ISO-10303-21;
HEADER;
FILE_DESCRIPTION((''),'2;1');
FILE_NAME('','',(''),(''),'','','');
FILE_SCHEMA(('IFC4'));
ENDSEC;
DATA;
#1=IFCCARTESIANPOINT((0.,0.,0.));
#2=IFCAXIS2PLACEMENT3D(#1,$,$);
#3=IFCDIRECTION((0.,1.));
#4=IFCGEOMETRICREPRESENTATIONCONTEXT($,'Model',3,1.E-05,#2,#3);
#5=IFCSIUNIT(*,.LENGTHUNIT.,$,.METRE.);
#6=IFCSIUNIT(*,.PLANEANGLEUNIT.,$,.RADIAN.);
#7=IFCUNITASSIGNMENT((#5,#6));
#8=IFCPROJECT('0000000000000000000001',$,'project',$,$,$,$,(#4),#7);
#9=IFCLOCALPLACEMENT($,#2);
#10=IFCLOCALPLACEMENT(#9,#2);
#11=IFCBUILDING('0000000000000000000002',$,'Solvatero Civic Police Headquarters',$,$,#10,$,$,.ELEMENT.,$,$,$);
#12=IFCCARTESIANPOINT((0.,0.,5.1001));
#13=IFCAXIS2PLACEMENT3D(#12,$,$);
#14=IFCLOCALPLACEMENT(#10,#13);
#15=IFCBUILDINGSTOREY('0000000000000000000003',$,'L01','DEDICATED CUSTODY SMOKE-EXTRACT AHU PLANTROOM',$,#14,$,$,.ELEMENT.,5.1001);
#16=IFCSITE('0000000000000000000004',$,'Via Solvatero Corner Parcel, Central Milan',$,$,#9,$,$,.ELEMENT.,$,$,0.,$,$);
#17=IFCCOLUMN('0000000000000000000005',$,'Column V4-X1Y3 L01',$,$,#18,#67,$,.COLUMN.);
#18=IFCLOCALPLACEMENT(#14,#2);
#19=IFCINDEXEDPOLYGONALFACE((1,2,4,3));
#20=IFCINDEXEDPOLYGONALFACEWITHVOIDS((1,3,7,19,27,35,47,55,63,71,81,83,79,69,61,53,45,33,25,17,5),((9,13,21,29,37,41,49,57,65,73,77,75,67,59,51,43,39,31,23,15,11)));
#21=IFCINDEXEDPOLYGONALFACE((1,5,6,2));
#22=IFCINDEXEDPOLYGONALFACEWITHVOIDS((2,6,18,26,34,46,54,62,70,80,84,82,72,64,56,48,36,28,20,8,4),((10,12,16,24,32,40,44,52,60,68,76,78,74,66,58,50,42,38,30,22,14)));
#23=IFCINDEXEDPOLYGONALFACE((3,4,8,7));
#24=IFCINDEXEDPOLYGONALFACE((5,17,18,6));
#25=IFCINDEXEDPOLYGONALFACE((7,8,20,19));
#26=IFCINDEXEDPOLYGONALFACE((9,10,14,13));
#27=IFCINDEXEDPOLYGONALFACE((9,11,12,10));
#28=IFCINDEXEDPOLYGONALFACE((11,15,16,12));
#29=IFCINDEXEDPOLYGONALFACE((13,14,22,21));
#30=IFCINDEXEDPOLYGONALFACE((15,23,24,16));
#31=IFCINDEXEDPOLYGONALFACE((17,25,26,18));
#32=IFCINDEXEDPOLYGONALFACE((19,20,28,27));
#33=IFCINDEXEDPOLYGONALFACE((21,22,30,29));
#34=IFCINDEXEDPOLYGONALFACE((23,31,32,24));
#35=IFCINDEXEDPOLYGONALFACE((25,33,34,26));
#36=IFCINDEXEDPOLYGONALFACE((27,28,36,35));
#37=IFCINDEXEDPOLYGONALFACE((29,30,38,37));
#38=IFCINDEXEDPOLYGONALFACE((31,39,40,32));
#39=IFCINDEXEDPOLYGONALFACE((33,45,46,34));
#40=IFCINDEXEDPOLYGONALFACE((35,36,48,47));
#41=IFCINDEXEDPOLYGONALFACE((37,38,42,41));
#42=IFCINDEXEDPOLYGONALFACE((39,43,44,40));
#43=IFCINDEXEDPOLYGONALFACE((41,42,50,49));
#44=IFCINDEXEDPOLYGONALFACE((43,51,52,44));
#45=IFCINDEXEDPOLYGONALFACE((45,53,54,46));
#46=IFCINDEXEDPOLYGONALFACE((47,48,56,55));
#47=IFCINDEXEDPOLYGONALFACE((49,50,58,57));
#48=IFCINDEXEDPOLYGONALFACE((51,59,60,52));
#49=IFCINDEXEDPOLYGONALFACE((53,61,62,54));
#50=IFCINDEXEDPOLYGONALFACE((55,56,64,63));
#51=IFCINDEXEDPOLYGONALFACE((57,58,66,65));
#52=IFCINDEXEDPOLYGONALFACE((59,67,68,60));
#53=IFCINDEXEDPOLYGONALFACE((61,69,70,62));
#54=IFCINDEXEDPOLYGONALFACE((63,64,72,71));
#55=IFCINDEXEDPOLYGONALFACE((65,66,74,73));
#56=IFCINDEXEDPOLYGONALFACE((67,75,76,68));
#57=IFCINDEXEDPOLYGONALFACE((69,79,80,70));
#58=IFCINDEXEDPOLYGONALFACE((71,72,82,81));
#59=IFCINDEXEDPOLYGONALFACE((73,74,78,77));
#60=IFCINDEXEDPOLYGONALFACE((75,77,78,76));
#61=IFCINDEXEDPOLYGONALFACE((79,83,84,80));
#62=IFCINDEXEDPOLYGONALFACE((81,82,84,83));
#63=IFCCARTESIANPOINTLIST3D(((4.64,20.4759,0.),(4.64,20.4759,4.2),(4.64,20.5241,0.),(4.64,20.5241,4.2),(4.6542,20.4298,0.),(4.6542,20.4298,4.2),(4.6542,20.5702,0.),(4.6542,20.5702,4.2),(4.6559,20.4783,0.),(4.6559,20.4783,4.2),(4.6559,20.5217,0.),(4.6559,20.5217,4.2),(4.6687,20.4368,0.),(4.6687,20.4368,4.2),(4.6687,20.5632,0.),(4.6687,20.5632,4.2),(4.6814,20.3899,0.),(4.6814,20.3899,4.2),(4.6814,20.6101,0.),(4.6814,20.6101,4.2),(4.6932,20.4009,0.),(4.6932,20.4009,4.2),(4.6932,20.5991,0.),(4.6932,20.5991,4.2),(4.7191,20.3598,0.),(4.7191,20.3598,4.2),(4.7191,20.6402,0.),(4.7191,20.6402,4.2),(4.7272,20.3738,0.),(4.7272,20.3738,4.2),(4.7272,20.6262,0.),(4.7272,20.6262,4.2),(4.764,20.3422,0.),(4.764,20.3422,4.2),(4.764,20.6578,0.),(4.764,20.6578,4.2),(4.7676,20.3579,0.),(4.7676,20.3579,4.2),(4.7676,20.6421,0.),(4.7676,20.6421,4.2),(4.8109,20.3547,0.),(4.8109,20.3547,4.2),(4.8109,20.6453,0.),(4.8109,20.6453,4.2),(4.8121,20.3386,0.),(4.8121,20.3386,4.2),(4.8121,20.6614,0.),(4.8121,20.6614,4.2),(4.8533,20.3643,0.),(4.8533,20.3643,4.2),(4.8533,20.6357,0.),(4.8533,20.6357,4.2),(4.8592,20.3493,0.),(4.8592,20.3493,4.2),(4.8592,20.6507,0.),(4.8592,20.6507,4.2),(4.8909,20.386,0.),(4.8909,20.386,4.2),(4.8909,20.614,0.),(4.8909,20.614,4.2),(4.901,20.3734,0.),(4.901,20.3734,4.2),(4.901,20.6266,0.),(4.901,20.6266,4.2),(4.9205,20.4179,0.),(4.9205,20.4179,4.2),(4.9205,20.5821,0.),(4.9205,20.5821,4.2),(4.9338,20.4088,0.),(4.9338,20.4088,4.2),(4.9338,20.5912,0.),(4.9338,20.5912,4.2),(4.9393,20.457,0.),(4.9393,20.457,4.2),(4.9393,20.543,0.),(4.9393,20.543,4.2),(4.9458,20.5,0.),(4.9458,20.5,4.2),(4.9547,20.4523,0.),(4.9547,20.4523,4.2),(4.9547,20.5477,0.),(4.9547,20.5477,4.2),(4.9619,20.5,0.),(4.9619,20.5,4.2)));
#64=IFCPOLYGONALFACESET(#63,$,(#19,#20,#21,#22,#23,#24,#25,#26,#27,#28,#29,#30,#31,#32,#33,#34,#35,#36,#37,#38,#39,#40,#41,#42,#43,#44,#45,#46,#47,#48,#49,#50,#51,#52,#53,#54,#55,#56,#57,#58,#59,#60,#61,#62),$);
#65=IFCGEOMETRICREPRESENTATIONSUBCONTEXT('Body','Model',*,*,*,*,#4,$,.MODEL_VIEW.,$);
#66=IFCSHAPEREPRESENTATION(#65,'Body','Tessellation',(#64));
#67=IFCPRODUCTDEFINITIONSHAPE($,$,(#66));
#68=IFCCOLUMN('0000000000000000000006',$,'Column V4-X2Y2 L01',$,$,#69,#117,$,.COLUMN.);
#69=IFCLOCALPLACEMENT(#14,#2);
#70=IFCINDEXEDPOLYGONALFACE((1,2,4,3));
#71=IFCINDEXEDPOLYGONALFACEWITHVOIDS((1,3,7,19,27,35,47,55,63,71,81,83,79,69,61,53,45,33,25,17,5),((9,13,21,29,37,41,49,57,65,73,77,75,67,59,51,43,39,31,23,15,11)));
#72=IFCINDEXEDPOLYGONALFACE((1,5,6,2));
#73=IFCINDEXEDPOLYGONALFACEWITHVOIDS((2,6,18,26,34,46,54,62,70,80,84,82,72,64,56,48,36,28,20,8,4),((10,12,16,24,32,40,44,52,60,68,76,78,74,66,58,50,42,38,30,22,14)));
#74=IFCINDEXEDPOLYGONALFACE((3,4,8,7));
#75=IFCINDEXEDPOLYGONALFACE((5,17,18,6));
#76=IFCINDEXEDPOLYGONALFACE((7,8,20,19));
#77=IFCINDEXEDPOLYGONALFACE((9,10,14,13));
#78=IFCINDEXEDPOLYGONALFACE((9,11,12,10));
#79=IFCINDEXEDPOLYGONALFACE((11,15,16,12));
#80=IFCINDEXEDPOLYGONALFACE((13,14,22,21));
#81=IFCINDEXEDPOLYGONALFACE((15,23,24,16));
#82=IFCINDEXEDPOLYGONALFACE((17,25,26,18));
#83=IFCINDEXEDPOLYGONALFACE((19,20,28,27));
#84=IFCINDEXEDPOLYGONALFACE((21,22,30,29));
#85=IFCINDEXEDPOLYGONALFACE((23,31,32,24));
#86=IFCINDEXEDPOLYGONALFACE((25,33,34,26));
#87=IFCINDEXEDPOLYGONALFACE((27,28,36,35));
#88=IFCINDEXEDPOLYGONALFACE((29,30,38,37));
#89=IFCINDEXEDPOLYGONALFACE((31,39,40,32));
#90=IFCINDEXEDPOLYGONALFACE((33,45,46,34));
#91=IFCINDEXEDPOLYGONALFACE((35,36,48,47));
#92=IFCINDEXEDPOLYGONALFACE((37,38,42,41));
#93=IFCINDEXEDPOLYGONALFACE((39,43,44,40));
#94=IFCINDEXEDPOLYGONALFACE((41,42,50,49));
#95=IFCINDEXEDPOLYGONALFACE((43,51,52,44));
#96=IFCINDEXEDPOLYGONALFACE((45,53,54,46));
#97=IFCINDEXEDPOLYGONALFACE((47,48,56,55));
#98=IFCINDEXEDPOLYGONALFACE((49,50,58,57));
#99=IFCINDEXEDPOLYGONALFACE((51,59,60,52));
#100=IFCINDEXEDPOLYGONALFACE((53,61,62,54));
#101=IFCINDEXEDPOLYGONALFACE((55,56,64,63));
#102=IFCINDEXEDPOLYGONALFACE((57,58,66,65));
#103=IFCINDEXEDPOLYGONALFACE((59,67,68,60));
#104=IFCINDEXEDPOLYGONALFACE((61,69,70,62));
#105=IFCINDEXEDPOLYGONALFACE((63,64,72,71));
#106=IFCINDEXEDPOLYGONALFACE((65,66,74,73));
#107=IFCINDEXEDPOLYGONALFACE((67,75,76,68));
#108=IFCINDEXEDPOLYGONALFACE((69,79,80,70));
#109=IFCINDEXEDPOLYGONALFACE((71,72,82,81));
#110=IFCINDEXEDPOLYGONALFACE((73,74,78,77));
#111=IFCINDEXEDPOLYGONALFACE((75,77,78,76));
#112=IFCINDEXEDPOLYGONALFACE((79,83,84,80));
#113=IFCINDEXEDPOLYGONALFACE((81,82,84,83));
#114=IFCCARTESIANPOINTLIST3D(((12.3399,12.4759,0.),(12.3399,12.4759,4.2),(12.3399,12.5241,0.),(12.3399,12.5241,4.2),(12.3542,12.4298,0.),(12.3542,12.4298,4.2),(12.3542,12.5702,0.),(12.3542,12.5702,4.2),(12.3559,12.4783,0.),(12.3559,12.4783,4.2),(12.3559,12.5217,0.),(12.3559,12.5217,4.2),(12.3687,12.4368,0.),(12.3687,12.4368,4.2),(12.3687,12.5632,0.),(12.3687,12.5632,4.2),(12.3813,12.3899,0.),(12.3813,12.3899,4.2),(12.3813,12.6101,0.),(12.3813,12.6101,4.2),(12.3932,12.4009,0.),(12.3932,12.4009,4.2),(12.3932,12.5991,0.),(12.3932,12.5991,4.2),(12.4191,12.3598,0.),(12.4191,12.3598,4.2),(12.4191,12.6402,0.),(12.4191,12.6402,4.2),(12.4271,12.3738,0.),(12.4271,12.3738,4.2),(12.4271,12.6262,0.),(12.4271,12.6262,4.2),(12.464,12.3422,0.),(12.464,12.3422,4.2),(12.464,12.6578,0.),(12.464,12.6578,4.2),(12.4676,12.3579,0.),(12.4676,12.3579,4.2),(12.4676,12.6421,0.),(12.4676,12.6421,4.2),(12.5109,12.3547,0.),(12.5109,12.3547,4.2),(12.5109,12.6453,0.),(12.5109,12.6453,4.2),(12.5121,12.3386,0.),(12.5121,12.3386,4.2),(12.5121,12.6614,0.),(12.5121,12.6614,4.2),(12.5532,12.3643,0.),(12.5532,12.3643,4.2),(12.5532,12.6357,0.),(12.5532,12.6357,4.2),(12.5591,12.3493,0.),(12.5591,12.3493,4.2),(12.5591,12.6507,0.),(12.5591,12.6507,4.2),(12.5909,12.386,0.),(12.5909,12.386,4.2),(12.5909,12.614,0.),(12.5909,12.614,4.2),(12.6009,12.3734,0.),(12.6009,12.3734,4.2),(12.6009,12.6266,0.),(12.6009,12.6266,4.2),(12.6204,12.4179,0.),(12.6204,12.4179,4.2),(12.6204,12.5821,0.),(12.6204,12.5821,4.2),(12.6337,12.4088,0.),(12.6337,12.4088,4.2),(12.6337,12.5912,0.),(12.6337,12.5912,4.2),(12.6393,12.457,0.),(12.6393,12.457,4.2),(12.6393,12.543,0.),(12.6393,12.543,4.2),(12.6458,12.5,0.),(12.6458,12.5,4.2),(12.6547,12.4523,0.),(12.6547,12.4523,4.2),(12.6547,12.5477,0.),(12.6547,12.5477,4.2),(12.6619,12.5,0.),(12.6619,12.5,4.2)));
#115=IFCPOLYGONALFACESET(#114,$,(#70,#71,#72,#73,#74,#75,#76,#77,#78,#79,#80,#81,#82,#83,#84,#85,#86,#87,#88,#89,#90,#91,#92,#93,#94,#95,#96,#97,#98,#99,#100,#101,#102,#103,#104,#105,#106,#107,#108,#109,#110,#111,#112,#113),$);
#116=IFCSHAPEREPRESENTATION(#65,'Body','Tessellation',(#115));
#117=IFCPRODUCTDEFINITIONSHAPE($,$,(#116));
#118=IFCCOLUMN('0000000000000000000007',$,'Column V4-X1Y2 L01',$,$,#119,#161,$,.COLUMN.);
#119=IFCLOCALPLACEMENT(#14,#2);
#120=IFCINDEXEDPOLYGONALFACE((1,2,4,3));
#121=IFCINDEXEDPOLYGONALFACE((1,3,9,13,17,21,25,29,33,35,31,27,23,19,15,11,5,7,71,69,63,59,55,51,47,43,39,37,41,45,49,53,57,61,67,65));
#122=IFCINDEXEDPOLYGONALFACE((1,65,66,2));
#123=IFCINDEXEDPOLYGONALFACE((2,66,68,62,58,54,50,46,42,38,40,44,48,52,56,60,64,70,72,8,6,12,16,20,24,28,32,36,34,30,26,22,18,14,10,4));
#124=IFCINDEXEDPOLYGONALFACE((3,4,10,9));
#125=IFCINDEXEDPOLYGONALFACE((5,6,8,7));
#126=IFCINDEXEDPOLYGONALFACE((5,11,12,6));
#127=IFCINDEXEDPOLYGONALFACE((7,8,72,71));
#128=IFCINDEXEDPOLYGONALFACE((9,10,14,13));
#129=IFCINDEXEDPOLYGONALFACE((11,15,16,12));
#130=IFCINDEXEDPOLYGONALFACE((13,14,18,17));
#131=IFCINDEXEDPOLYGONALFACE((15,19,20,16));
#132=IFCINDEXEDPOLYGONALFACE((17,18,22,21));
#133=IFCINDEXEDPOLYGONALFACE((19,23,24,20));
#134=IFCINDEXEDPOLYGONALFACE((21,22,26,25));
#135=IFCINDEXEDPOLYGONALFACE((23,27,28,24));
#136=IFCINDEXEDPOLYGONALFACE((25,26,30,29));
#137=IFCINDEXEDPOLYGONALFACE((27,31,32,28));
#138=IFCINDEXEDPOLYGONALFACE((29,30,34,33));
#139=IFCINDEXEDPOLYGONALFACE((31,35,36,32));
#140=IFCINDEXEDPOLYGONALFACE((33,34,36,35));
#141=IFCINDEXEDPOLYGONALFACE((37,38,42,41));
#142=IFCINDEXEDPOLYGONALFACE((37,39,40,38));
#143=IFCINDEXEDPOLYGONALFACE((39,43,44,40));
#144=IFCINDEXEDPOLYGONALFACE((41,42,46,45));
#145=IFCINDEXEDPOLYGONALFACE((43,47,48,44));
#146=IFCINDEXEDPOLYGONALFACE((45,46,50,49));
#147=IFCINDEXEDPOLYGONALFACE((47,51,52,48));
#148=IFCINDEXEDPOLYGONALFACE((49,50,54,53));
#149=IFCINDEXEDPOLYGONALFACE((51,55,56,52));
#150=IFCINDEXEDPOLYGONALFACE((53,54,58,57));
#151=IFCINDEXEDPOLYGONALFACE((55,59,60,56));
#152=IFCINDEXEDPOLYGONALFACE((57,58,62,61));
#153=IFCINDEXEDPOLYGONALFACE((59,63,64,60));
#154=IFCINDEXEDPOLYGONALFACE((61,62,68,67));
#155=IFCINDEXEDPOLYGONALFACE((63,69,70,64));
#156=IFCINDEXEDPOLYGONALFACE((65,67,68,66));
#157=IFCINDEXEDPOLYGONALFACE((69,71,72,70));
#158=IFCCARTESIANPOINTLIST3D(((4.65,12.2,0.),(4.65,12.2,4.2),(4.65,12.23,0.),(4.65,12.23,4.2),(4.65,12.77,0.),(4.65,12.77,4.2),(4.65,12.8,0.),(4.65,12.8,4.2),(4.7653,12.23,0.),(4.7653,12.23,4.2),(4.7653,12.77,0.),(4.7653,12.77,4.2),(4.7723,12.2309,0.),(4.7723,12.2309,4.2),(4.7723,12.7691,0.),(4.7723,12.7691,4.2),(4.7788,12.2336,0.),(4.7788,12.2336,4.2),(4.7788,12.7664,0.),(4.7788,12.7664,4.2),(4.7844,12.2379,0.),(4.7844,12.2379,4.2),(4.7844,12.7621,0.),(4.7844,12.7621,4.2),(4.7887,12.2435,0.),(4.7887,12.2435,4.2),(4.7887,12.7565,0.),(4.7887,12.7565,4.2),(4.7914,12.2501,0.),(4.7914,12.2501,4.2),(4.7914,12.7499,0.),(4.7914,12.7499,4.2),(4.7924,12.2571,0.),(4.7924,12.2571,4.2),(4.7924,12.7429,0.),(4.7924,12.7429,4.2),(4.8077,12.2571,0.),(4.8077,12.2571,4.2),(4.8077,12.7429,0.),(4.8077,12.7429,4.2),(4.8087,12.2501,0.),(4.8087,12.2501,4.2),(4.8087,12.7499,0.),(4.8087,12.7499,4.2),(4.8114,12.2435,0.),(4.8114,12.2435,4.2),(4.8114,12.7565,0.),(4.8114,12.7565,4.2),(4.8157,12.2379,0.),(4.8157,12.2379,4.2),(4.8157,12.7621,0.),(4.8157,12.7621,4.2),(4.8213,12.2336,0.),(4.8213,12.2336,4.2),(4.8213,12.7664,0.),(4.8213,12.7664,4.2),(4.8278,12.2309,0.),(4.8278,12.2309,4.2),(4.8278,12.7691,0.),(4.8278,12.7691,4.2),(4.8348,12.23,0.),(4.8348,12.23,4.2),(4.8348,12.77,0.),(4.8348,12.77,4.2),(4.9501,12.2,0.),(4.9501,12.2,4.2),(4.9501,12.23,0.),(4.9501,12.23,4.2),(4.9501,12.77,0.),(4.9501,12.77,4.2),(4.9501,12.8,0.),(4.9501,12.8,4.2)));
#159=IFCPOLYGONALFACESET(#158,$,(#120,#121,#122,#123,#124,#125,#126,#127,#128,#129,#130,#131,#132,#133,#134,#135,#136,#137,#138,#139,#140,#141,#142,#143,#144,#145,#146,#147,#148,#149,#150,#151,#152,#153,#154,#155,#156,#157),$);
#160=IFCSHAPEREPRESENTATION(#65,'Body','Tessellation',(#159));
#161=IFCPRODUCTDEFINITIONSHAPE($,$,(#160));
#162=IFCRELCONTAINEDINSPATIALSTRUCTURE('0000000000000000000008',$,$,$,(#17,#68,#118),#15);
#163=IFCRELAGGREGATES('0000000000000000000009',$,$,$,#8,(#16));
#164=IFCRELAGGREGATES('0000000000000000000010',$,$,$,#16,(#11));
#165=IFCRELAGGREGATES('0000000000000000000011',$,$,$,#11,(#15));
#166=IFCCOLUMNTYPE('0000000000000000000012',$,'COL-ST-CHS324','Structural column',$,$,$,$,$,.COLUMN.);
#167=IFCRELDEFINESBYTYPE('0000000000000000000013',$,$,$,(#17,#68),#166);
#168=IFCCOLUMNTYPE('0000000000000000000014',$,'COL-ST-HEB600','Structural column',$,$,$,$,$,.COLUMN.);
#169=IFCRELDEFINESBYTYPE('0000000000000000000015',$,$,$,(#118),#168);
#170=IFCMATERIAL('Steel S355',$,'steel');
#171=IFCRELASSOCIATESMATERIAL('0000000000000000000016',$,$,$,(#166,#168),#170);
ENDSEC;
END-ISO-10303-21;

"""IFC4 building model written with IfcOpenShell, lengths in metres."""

from ifc_helpers import new_model, si_unit, direction, frame, origin, origin_2d, place, context, subcontext, project, spatial, hollow_circle, i_section, extrude, material, material_profile, profile_set, type_object, element, save


model = new_model("IFC4")

# Units and contexts
model_context = context("Model", 3, precision=1e-05, world=origin(), true_north=direction((0.0, 1.0)))
body_context = subcontext(model_context, "Body", "Model", "MODEL_VIEW")
ifc_project = project(units=[si_unit("LENGTHUNIT", "METRE"), si_unit("PLANEANGLEUNIT", "RADIAN")], contexts=[model_context])

# Site, building, storey
site_placement = place(None, origin())
site = spatial("IfcSite", under=ifc_project, at=site_placement, Name="Via Solvatero Corner Parcel, Central Milan", CompositionType="ELEMENT", RefElevation=0.0)
building_placement = place(site_placement, origin())
building = spatial("IfcBuilding", under=site, at=building_placement, Name="Solvatero Civic Police Headquarters", CompositionType="ELEMENT")
storey_placement = place(building_placement, frame((0.0, 0.0, 5.1001)))
storey = spatial("IfcBuildingStorey", under=building, at=storey_placement, Name="L01", Description="DEDICATED CUSTODY SMOKE-EXTRACT AHU PLANTROOM", CompositionType="ELEMENT", Elevation=5.1001)

# Columns
ifc_material_1 = material(Name="Steel S355", Category="steel")
ifc_material_profile_1 = material_profile(ifc_material_1, hollow_circle(Radius=0.1619, WallThickness=0.0161, at=origin_2d()), Name="CHS 323.9x16.0")
ifc_profile_set_1 = profile_set([ifc_material_profile_1], Name="Steel S355")
column_type_1 = type_object("IfcColumnType", Name="COL-ST-CHS324", Description="Structural column", PredefinedType="COLUMN", material=ifc_profile_set_1)
for number, where, z_axis, x_axis, name in (
    (1, (4.8, 20.5, 0.0), (0.0, 0.0, 1.0), (1.0, 0.0, 0.0), "Column V4-X1Y3 L01"),
    (2, (12.5, 12.5, 0.0), (0.0, 0.0, 1.0), (1.0, 0.0, 0.0), "Column V4-X2Y2 L01"),
):
    element("IfcColumn", number, at=place(storey_placement, frame(where, z_axis=z_axis, x_axis=x_axis)), inside=storey, type_object=column_type_1, Name=name, PredefinedType="COLUMN", context=body_context, shape_type="SweptSolid", body=[
        extrude(hollow_circle(Radius=0.1619, WallThickness=0.0161, at=origin_2d()), origin(), (0.0, 0.0, 1.0), 4.2),
    ])
ifc_material_profile_2 = material_profile(ifc_material_1, i_section(OverallWidth=0.3, OverallDepth=0.6001, WebThickness=0.0154, FlangeThickness=0.03, FilletRadius=0.0271, at=origin_2d()), Name="HEB 600")
ifc_profile_set_2 = profile_set([ifc_material_profile_2], Name="Steel S355")
column_type_2 = type_object("IfcColumnType", Name="COL-ST-HEB600", Description="Structural column", PredefinedType="COLUMN", material=ifc_profile_set_2)
column_1_placement = place(storey_placement, frame((4.8, 12.5, 0.0), z_axis=(0.0, 0.0, 1.0), x_axis=(1.0, 0.0, 0.0)))
element("IfcColumn", 3, at=column_1_placement, inside=storey, type_object=column_type_2, Name="Column V4-X1Y2 L01", PredefinedType="COLUMN", context=body_context, shape_type="SweptSolid", body=[
    extrude(i_section(OverallWidth=0.3, OverallDepth=0.6001, WebThickness=0.0154, FlangeThickness=0.03, FilletRadius=0.0271, at=origin_2d()), origin(), (0.0, 0.0, 1.0), 4.2),
])

save(model, "model.ifc")
